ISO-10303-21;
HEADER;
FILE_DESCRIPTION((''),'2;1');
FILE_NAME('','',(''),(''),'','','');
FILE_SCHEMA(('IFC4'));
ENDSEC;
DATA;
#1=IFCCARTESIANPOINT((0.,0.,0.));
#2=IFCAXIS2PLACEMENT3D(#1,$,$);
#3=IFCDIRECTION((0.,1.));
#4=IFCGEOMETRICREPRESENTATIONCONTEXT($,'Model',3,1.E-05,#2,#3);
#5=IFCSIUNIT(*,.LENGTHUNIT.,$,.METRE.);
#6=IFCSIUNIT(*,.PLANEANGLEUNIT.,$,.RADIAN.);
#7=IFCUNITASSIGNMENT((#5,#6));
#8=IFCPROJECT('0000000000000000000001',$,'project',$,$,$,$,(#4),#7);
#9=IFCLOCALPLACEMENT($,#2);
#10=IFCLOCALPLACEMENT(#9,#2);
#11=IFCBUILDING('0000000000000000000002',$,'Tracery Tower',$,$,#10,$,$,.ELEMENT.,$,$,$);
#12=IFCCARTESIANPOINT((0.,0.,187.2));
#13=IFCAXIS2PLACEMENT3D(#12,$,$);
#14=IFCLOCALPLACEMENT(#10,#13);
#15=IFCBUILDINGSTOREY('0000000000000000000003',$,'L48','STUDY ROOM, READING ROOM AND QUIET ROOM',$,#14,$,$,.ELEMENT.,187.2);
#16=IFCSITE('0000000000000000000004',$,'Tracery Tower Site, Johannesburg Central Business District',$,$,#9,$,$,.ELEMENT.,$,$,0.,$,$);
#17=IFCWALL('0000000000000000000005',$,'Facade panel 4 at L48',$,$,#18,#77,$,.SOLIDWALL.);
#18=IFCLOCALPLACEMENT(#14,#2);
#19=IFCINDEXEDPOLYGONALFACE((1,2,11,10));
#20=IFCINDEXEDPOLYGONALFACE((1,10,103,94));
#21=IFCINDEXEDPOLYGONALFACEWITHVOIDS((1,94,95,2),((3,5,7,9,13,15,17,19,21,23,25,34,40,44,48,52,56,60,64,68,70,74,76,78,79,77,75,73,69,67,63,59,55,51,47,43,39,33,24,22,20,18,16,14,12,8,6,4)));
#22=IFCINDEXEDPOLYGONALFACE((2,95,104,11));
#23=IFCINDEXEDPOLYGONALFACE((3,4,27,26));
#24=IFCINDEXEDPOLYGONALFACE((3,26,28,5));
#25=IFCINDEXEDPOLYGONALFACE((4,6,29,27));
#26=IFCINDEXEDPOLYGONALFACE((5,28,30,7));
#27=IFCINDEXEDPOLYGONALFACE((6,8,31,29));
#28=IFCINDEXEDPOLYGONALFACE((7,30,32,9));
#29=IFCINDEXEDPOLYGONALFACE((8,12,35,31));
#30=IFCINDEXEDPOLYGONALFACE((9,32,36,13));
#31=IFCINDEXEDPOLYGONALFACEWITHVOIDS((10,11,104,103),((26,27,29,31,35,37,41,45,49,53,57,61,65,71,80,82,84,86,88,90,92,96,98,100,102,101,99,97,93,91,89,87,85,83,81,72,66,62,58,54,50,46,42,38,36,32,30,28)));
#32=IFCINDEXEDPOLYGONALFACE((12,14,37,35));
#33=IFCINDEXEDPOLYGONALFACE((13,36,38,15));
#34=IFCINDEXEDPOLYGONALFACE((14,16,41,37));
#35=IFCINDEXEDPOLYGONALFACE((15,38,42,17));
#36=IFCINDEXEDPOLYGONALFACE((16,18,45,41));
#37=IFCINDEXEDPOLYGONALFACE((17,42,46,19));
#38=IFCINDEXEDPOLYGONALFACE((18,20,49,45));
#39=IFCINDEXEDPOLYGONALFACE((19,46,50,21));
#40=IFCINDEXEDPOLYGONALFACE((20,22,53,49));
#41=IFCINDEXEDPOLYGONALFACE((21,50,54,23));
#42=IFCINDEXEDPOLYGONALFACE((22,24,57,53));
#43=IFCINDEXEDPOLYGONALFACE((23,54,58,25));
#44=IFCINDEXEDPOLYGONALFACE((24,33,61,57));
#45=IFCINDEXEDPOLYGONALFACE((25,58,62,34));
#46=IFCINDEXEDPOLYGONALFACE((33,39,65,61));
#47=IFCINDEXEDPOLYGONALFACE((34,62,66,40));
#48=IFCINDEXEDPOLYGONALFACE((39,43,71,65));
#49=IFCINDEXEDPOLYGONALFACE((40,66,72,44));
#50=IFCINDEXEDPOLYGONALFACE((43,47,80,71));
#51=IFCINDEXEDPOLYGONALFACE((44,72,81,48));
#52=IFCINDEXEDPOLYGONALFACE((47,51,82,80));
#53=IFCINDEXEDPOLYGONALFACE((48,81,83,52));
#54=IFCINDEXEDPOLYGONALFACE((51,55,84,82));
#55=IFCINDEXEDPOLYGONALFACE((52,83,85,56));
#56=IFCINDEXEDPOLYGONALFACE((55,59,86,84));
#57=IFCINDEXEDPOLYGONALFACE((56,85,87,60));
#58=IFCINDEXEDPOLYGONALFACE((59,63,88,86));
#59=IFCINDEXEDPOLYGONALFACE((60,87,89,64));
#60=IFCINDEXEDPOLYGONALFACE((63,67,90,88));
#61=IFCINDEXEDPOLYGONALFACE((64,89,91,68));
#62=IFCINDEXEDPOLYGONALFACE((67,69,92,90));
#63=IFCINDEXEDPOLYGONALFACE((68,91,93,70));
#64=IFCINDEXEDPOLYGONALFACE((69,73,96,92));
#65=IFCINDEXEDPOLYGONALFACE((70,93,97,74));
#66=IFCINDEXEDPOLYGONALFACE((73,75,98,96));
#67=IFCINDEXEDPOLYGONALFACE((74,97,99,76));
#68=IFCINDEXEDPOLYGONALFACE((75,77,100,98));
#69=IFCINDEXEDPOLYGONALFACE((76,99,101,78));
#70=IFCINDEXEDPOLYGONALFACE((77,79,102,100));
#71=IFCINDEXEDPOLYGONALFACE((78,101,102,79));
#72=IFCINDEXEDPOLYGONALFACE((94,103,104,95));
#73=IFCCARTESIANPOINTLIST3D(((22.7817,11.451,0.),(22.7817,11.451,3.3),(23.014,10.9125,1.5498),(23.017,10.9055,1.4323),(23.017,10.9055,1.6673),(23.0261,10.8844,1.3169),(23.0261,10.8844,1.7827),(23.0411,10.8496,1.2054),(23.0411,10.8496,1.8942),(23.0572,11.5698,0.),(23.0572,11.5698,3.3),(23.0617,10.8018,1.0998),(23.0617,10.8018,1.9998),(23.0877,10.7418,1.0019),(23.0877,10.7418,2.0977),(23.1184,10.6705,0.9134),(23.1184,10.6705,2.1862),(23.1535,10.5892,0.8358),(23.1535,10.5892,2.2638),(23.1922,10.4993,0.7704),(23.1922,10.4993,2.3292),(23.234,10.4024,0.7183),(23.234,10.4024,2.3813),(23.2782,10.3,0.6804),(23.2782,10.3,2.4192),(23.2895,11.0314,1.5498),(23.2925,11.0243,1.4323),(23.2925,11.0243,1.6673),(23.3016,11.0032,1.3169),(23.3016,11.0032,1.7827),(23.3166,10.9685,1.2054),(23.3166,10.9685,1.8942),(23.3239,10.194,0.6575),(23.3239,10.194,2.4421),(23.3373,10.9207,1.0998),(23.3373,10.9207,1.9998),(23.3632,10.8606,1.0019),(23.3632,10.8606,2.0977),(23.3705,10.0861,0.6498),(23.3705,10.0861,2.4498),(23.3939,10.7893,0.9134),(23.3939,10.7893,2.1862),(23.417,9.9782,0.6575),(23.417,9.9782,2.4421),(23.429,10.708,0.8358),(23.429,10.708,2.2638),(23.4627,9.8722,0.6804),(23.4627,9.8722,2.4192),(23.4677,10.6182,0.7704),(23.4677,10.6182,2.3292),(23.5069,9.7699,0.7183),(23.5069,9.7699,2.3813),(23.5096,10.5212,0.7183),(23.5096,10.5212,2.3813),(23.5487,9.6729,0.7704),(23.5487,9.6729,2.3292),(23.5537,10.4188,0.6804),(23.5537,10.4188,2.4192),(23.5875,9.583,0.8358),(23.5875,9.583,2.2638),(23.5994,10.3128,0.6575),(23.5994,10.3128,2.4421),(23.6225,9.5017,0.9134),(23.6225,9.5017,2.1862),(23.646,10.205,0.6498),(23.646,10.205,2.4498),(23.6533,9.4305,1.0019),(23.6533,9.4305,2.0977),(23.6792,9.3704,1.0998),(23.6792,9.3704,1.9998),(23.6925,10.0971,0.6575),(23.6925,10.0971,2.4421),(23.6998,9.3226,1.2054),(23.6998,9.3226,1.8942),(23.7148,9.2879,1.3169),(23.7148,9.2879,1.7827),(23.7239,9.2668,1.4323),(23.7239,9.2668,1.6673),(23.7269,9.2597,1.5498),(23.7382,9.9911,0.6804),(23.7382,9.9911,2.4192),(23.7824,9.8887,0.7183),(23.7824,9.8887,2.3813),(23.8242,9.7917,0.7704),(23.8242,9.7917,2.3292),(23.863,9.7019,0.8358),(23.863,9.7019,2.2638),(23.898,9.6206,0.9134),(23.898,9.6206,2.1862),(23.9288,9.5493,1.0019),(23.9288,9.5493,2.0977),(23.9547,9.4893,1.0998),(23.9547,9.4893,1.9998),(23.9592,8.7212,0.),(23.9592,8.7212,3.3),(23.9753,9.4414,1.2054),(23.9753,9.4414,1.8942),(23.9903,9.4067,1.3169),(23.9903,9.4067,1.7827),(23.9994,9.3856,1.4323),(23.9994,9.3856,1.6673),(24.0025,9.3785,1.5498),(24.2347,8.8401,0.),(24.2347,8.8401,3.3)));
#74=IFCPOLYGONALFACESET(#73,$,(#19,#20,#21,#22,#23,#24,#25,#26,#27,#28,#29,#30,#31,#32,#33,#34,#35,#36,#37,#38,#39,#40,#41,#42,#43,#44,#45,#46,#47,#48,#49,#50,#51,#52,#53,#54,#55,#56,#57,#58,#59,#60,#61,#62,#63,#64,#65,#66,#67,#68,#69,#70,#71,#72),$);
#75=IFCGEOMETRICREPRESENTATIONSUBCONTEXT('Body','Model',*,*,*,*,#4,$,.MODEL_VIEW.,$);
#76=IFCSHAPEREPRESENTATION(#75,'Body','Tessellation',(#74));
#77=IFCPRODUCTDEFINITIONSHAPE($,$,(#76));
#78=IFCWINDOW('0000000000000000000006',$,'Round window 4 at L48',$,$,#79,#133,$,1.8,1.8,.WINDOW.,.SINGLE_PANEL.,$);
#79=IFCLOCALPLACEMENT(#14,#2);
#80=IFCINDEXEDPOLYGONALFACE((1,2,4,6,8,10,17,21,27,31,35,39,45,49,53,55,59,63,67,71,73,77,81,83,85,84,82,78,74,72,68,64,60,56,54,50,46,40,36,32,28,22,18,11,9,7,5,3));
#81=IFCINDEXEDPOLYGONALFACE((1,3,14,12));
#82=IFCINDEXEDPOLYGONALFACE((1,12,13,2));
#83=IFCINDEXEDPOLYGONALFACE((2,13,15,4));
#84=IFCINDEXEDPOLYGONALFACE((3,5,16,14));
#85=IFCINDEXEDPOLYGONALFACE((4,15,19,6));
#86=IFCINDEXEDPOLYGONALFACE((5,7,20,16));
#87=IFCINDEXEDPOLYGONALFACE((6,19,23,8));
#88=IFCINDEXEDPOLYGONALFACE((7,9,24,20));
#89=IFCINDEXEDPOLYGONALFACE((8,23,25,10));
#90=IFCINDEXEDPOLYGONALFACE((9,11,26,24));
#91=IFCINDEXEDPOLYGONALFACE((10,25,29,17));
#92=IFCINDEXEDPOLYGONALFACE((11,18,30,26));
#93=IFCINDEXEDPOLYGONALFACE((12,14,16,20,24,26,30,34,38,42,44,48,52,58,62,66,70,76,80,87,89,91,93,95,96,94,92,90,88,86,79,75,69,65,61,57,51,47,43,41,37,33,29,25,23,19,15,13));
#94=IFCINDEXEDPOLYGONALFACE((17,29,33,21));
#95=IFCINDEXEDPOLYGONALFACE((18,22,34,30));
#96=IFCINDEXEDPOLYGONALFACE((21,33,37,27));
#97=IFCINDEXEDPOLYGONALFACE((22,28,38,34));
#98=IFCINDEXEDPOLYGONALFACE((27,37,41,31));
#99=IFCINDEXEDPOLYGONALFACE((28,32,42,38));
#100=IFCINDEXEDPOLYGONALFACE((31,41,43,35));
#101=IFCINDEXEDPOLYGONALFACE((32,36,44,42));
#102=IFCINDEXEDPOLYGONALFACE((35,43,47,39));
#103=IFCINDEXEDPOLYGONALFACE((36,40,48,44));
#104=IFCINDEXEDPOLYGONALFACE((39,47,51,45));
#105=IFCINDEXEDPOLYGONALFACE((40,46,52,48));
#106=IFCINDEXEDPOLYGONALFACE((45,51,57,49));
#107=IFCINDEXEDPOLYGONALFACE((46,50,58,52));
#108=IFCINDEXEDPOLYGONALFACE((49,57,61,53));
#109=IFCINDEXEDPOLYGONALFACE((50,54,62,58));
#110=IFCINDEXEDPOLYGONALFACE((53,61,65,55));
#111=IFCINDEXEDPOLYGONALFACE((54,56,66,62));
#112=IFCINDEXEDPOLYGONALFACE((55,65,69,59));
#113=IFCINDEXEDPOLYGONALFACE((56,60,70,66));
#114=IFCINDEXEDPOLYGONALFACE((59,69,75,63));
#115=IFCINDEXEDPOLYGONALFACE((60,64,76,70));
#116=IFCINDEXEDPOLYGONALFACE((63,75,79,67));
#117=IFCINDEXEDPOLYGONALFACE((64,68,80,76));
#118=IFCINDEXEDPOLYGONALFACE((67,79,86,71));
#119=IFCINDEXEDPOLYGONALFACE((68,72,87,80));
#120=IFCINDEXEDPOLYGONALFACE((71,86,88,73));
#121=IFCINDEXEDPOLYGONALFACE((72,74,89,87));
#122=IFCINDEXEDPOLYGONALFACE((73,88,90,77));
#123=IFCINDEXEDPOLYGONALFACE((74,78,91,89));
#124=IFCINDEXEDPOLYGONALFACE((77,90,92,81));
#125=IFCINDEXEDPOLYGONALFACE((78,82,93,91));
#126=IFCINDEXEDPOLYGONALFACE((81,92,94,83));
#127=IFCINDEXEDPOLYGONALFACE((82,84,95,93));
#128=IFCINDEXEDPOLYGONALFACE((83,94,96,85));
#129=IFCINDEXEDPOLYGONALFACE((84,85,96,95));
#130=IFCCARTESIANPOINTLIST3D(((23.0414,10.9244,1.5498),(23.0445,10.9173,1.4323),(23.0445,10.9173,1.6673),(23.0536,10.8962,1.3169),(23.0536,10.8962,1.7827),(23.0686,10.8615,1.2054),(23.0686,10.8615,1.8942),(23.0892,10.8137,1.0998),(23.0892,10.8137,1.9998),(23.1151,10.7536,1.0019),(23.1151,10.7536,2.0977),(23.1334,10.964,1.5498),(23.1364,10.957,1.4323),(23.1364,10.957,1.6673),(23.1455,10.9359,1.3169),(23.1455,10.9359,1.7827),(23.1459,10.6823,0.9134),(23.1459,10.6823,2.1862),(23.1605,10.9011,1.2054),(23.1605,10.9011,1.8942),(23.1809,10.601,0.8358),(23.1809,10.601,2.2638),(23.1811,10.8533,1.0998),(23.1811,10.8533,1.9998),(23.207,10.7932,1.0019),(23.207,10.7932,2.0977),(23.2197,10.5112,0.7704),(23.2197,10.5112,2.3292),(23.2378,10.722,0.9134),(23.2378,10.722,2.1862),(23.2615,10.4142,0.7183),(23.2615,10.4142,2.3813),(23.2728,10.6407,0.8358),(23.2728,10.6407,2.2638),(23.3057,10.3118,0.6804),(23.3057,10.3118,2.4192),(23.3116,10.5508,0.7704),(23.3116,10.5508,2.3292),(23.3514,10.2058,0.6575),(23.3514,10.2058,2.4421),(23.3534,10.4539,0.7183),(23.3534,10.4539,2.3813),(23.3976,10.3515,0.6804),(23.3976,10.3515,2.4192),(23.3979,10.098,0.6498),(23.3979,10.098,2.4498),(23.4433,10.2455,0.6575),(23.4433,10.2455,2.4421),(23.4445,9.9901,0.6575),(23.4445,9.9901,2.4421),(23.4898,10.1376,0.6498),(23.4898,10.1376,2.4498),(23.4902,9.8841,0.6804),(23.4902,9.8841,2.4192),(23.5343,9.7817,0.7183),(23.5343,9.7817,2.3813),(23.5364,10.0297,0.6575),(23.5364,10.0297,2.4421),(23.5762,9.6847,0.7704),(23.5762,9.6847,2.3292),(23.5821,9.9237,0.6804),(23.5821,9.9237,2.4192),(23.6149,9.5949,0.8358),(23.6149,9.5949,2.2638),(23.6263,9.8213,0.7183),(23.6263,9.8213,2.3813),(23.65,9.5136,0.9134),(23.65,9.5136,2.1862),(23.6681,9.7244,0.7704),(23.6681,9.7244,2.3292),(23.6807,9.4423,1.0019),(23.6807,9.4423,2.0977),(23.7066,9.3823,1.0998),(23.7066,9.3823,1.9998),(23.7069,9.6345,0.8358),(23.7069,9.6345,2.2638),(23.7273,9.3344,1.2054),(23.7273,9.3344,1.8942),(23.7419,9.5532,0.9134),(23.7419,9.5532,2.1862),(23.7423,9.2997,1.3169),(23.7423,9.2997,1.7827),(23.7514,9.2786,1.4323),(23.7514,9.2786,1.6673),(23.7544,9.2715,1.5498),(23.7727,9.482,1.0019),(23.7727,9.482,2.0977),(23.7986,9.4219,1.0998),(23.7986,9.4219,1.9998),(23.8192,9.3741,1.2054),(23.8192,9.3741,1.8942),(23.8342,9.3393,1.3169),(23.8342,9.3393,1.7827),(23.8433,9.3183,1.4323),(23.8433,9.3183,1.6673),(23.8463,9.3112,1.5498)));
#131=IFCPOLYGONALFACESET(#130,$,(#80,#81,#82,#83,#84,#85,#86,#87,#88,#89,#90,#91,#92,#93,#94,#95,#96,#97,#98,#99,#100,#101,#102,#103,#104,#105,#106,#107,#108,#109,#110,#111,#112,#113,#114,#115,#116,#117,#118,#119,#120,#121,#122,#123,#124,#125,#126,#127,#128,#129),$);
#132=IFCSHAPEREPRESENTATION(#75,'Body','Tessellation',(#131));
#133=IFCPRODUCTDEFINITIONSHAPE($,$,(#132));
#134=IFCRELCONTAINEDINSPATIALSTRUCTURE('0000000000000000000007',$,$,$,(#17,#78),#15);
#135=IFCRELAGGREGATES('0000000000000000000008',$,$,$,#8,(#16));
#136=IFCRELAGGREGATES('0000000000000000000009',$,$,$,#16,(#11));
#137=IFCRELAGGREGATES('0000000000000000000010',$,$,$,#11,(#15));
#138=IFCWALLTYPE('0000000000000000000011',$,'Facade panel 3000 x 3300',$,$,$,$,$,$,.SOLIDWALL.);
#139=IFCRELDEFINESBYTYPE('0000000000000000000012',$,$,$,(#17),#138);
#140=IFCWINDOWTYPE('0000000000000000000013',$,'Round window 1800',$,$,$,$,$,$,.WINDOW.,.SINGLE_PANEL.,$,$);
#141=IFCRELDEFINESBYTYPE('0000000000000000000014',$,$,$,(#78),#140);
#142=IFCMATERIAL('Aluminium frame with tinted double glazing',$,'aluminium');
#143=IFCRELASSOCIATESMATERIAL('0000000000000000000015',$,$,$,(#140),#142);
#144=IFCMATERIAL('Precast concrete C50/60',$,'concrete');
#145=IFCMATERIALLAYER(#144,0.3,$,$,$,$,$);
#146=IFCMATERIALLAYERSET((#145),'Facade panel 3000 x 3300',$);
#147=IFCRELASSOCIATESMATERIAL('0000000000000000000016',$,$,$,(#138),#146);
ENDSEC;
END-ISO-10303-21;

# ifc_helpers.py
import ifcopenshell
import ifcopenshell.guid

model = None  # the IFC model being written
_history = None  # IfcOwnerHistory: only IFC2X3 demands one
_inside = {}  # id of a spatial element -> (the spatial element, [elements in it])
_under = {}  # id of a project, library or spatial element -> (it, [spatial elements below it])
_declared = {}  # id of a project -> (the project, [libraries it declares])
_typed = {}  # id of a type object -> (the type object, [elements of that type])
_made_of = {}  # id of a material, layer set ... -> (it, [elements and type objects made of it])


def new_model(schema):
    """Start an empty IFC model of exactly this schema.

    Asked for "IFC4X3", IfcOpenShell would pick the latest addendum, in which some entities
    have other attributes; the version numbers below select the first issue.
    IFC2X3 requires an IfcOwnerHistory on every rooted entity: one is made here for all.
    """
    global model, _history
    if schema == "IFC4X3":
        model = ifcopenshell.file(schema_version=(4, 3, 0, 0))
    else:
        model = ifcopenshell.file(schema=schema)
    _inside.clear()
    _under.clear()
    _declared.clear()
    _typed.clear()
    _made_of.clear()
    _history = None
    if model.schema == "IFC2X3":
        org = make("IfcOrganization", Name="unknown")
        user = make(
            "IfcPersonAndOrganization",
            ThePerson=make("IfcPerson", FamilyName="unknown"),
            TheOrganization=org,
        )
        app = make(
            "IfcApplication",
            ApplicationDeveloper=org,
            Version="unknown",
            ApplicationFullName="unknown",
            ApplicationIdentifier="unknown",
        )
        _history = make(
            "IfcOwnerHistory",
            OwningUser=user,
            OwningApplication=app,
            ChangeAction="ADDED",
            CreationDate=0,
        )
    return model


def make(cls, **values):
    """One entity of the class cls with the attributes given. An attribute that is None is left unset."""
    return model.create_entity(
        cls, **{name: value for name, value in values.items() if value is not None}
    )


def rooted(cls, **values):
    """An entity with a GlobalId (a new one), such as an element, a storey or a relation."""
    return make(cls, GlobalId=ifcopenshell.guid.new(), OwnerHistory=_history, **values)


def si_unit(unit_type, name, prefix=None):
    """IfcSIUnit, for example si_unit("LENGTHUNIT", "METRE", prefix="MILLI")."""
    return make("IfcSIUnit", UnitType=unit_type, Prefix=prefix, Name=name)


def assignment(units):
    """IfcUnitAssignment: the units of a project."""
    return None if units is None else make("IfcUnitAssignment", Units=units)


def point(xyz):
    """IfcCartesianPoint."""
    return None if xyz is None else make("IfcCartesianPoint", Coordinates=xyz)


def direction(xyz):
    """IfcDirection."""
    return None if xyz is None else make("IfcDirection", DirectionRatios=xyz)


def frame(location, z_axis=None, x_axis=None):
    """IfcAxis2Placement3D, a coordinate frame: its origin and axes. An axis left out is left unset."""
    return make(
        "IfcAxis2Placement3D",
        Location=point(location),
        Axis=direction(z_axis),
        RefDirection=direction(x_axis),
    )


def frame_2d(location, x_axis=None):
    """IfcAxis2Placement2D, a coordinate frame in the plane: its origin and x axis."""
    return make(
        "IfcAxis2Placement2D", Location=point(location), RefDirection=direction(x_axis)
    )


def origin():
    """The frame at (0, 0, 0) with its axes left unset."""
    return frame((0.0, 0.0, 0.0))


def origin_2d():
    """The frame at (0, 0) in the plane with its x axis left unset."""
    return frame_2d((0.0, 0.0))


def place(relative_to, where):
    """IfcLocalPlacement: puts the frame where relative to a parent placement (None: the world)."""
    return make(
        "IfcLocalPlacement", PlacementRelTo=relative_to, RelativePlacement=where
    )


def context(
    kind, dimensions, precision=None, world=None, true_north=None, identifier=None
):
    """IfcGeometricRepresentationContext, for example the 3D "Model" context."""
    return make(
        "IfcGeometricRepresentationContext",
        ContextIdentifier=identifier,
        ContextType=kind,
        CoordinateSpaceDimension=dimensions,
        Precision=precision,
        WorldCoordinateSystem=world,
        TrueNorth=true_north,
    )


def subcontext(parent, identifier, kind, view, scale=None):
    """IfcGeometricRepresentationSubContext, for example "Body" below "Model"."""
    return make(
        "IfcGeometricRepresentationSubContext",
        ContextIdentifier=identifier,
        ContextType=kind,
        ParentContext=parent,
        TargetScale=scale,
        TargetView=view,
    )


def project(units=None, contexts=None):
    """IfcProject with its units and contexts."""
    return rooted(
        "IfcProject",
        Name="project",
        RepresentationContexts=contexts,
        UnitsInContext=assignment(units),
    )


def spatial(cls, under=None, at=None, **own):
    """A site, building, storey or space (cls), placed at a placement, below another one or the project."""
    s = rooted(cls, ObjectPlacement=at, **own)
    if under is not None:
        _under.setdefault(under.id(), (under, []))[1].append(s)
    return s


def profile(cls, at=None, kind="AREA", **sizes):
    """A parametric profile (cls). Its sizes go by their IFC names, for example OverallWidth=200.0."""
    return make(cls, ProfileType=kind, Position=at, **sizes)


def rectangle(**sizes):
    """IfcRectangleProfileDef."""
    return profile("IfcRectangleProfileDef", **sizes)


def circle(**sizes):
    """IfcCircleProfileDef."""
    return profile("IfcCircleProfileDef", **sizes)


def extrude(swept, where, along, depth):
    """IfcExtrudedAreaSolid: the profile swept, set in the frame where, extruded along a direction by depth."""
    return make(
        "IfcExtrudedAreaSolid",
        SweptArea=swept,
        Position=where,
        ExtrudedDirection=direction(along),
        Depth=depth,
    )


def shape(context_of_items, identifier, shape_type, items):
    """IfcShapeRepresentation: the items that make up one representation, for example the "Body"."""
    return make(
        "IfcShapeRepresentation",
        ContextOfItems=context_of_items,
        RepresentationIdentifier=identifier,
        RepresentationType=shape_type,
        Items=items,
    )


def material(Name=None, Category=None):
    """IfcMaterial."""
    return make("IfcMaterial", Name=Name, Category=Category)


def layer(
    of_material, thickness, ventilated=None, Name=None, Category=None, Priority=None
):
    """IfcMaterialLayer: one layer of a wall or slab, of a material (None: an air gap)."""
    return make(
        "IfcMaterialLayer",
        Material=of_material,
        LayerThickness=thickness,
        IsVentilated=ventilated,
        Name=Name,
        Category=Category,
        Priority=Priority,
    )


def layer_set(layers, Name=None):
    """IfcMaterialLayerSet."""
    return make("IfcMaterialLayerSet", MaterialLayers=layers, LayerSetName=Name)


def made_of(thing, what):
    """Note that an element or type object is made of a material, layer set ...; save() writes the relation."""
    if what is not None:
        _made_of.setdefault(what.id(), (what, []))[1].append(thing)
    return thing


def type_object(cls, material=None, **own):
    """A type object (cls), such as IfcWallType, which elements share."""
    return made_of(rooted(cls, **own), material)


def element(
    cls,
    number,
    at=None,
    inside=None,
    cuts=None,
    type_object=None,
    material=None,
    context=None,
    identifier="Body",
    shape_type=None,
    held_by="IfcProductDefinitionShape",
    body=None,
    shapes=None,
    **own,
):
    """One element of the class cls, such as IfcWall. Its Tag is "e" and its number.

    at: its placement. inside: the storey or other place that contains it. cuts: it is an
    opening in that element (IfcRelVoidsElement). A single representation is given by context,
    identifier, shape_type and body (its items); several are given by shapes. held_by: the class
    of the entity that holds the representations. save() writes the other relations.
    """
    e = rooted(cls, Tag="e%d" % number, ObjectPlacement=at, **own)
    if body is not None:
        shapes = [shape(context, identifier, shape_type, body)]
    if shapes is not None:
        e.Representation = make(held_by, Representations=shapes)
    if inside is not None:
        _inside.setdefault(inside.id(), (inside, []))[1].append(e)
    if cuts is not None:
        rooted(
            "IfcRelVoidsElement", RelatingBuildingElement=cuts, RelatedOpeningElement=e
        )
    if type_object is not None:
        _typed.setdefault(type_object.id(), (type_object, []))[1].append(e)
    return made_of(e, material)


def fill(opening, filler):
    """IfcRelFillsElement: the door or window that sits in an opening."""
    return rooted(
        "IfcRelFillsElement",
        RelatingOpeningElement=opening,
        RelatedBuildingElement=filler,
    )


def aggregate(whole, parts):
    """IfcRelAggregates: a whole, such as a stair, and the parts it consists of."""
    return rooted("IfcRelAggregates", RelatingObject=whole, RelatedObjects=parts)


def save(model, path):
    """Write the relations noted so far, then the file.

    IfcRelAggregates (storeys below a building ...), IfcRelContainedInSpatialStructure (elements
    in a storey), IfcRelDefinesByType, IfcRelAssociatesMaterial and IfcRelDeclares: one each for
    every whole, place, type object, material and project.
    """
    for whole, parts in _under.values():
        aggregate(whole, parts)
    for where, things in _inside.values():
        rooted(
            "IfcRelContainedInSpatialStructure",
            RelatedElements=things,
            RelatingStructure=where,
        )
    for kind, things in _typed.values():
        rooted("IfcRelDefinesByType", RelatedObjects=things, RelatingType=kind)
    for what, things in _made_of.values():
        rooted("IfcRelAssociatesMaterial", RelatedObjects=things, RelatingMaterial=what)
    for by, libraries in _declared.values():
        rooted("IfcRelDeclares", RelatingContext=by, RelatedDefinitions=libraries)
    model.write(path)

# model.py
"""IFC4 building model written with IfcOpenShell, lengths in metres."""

from ifc_helpers import new_model, si_unit, direction, frame, frame_2d, origin, origin_2d, place, context, subcontext, project, spatial, rectangle, circle, extrude, material, layer, layer_set, type_object, element, fill, save


model = new_model("IFC4")

# Units and contexts
model_context = context("Model", 3, precision=1e-05, world=origin(), true_north=direction((0.0, 1.0)))
body_context = subcontext(model_context, "Body", "Model", "MODEL_VIEW")
ifc_project = project(units=[si_unit("LENGTHUNIT", "METRE"), si_unit("PLANEANGLEUNIT", "RADIAN")], contexts=[model_context])

# Site, building, storey
site_placement = place(None, origin())
site = spatial("IfcSite", under=ifc_project, at=site_placement, Name="Tracery Tower Site, Johannesburg Central Business District", CompositionType="ELEMENT", RefElevation=0.0)
building_placement = place(site_placement, origin())
building = spatial("IfcBuilding", under=site, at=building_placement, Name="Tracery Tower", CompositionType="ELEMENT")
storey_placement = place(building_placement, frame((0.0, 0.0, 187.2)))
storey = spatial("IfcBuildingStorey", under=building, at=storey_placement, Name="L48", Description="STUDY ROOM, READING ROOM AND QUIET ROOM", CompositionType="ELEMENT", Elevation=187.2)

# Wall, opening, window
ifc_material_1 = material(Name="Aluminium frame with tinted double glazing", Category="aluminium")
window_type = type_object("IfcWindowType", Name="Round window 1800", PartitioningType="SINGLE_PANEL", PredefinedType="WINDOW", material=ifc_material_1)
ifc_material_2 = material(Name="Precast concrete C50/60", Category="concrete")
ifc_layer_1 = layer(ifc_material_2, 0.3)
ifc_layer_set_1 = layer_set([ifc_layer_1], Name="Facade panel 3000 x 3300")
wall_type_1 = type_object("IfcWallType", Name="Facade panel 3000 x 3300", PredefinedType="SOLIDWALL", material=ifc_layer_set_1)
wall_1_placement = place(storey_placement, frame((24.0969, 8.7808, 0.0), z_axis=(0.0, 0.0, 1.0), x_axis=(-0.396079, 0.918216, 0.0)))
wall_1 = element("IfcWall", 1, at=wall_1_placement, inside=storey, type_object=wall_type_1, Name="Facade panel 4 at L48", PredefinedType="SOLIDWALL", context=body_context, shape_type="SweptSolid", body=[
    extrude(rectangle(XDim=2.9729, YDim=0.3, at=frame_2d((1.4863, 0.0))), origin(), (0.0, 0.0, 1.0), 3.3),
])
opening_1_placement = place(wall_1_placement, frame((1.4863, 0.0, 1.5498)))
opening_1 = element("IfcOpeningElement", 2, at=opening_1_placement, cuts=wall_1, PredefinedType="OPENING", context=body_context, shape_type="SweptSolid", body=[
    extrude(circle(Radius=0.9, at=origin_2d()), frame((0.0, 0.1599, 0.0), z_axis=(0.0, -1.0, 0.0), x_axis=(1.0, 0.0, 0.0)), (0.0, 0.0, 1.0), 0.3201),
])
window_1_placement = place(opening_1_placement, origin())
window_1 = element("IfcWindow", 3, at=window_1_placement, inside=storey, type_object=window_type, Name="Round window 4 at L48", OverallHeight=1.8, OverallWidth=1.8, PartitioningType="SINGLE_PANEL", PredefinedType="WINDOW", context=body_context, shape_type="SweptSolid", body=[
    extrude(circle(Radius=0.9, at=origin_2d()), frame((0.0, 0.1201, 0.0), z_axis=(0.0, -1.0, 0.0), x_axis=(1.0, 0.0, 0.0)), (0.0, 0.0, 1.0), 0.1001),
])
fill(opening_1, window_1)

save(model, "model.ifc")
